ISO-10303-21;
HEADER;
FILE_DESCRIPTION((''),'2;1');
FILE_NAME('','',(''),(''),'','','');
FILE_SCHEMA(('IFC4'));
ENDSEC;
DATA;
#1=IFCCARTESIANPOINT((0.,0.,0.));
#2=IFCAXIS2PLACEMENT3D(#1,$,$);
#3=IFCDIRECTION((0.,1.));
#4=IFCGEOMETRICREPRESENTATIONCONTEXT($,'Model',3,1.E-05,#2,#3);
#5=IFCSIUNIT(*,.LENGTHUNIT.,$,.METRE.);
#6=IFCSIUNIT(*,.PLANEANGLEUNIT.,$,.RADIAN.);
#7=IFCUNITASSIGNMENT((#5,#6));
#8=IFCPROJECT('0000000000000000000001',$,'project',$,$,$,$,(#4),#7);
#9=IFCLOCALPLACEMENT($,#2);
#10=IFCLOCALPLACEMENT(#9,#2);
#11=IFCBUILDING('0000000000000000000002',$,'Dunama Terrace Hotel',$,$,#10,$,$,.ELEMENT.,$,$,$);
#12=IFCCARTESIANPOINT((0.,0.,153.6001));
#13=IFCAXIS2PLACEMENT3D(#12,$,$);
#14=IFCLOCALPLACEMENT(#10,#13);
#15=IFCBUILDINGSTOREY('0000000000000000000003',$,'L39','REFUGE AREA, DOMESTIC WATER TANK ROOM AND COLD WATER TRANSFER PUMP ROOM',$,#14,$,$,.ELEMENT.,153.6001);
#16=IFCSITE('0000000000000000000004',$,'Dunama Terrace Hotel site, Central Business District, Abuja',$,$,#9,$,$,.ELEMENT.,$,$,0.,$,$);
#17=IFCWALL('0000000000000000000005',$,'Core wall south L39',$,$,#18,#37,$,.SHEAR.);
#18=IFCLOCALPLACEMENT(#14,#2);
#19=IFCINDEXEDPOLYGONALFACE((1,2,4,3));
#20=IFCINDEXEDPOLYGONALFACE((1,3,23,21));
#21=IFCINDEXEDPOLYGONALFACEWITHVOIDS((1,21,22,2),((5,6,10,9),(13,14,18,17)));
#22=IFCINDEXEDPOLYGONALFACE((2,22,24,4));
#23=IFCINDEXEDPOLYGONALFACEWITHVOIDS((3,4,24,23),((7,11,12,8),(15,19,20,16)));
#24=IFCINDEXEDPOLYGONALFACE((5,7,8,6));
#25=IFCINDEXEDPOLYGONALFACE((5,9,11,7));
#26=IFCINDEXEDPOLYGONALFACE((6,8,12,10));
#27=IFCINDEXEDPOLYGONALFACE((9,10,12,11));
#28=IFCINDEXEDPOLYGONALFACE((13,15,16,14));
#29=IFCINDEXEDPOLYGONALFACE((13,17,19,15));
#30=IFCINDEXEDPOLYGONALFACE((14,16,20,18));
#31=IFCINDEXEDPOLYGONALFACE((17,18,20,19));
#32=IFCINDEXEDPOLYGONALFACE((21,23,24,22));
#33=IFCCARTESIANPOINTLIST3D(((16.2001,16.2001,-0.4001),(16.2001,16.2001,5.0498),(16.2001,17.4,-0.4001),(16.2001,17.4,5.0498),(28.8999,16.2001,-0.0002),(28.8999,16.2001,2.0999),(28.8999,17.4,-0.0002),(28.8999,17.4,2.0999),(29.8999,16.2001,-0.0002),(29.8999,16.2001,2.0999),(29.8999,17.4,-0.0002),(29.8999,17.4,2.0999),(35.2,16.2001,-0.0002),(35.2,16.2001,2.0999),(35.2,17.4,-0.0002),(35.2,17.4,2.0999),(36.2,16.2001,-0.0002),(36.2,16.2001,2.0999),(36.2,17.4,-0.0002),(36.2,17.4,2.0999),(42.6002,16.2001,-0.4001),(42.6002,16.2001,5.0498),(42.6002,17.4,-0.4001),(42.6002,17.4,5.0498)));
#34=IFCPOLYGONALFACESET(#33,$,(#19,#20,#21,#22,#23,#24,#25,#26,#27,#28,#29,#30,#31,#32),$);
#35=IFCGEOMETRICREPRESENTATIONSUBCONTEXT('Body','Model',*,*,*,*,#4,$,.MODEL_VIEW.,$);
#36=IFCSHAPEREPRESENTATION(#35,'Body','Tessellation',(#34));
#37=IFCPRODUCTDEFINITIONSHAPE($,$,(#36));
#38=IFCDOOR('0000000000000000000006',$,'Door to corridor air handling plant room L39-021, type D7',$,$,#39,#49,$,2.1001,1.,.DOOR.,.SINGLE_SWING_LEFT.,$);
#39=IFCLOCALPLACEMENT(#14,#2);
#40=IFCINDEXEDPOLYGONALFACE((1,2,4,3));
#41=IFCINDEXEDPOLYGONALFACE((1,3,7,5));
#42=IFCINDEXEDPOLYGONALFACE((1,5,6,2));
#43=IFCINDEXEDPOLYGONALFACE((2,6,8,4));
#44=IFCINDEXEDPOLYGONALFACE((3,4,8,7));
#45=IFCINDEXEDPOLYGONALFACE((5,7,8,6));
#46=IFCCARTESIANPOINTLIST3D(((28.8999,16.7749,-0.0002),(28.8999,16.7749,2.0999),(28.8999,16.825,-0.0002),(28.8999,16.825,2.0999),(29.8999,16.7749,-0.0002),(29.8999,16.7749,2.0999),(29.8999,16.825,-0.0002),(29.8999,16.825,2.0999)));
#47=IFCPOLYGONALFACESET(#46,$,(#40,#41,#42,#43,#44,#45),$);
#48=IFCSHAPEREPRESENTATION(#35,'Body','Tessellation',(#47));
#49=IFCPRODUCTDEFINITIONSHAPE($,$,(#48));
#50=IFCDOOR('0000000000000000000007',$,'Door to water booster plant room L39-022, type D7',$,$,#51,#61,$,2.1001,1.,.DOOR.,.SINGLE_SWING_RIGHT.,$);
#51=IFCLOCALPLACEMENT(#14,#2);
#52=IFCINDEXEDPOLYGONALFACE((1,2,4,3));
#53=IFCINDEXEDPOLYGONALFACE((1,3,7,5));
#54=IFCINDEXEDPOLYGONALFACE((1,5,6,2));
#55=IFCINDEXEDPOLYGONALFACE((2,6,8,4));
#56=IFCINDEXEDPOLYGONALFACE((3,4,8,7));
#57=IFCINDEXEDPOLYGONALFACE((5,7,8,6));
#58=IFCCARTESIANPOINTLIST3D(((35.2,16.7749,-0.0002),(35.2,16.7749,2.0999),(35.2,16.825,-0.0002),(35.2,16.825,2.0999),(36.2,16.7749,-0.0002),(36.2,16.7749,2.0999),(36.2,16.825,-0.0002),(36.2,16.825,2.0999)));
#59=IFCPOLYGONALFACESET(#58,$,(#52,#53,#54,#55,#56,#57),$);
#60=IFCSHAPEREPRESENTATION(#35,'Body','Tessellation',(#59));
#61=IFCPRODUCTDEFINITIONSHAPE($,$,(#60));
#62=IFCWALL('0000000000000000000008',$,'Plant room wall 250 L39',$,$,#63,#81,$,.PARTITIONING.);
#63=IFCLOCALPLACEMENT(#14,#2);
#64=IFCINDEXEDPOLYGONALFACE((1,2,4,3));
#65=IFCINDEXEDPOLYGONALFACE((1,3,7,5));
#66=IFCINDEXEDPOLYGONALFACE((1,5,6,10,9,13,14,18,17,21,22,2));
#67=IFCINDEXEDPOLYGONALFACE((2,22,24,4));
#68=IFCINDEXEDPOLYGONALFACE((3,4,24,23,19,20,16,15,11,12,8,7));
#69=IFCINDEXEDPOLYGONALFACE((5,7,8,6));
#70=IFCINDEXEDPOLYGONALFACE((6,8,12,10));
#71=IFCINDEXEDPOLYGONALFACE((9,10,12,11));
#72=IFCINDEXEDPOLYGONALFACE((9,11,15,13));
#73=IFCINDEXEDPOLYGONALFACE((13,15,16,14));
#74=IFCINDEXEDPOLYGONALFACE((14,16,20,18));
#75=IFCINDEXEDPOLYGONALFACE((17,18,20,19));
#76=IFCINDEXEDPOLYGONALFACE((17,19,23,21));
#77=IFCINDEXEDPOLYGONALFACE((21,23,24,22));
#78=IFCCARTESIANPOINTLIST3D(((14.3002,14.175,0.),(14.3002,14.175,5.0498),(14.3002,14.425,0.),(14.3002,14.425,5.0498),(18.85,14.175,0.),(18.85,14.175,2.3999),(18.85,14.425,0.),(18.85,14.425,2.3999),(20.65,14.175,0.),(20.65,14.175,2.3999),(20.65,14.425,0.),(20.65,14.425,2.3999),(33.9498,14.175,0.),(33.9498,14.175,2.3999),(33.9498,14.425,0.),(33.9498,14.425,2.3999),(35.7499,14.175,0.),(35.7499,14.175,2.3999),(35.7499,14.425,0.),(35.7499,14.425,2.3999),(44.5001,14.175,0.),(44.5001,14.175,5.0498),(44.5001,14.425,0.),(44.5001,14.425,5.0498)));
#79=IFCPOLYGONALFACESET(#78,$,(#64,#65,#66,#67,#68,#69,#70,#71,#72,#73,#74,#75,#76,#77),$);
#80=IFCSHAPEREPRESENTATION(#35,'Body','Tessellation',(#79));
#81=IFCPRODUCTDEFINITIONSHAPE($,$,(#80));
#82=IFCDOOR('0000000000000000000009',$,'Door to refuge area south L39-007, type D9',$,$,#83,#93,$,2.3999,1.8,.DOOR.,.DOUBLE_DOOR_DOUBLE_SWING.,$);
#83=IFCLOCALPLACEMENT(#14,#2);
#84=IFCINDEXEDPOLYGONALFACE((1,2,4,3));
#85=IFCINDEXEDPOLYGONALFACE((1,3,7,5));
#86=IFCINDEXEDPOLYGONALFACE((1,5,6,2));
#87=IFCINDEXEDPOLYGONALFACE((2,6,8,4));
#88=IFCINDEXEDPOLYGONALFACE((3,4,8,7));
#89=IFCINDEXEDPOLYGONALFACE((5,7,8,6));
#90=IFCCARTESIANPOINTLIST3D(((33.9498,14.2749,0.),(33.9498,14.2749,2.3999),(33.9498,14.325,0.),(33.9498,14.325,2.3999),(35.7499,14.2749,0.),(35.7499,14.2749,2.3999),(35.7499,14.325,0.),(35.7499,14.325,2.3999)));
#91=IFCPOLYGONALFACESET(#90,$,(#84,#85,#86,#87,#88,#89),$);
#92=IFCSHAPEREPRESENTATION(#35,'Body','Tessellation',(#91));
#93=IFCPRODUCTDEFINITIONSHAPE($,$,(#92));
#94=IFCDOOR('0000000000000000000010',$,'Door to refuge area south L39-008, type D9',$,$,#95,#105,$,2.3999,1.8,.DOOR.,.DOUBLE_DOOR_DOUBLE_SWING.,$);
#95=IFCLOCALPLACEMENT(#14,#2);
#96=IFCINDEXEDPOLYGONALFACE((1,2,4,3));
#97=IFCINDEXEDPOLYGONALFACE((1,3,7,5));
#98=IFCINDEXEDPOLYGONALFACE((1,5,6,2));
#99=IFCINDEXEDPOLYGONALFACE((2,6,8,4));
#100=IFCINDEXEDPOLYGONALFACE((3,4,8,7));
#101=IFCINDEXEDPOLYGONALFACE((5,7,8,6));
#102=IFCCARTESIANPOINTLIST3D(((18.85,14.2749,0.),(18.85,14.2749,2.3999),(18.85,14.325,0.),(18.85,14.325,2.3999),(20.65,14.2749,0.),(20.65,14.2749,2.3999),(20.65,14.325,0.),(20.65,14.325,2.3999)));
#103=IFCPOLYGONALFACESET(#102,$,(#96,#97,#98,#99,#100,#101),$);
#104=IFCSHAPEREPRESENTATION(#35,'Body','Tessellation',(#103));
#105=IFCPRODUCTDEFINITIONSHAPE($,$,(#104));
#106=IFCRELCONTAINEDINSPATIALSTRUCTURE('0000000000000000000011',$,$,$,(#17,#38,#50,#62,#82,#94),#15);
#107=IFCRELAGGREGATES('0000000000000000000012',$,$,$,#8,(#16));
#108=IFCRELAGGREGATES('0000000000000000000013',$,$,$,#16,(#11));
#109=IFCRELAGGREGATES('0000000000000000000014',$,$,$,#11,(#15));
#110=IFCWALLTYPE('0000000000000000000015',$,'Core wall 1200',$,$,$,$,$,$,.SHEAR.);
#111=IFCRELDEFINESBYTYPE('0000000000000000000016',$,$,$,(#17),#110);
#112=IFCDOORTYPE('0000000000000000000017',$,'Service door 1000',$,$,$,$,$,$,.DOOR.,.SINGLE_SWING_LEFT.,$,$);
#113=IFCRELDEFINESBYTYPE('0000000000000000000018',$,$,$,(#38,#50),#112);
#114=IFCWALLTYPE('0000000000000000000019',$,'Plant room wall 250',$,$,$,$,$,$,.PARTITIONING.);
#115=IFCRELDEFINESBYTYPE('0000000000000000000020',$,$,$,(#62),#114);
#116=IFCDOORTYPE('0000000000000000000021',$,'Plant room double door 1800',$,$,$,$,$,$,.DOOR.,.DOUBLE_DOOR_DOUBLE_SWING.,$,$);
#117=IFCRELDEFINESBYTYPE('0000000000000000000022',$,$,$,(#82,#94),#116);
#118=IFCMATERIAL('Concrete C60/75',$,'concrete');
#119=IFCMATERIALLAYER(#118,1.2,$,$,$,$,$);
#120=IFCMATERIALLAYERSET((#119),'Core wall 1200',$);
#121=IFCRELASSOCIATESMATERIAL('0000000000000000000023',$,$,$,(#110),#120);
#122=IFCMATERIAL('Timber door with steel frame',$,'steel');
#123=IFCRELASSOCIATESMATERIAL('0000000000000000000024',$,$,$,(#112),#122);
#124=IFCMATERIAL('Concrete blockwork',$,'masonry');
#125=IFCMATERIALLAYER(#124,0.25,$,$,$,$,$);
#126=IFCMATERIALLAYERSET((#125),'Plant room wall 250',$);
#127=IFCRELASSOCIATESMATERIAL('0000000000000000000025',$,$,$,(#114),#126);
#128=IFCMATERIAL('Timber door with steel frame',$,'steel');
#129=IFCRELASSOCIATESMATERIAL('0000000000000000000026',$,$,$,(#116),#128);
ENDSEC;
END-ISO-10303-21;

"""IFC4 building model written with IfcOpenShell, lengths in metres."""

from ifc_helpers import new_model, si_unit, direction, frame, frame_2d, origin, place, context, subcontext, project, spatial, rectangle, extrude, material, layer, layer_set, type_object, element, fill, save


model = new_model("IFC4")

# Units and contexts
model_context = context("Model", 3, precision=1e-05, world=origin(), true_north=direction((0.0, 1.0)))
body_context = subcontext(model_context, "Body", "Model", "MODEL_VIEW")
ifc_project = project(units=[si_unit("LENGTHUNIT", "METRE"), si_unit("PLANEANGLEUNIT", "RADIAN")], contexts=[model_context])

# Site, building, storey
site_placement = place(None, origin())
site = spatial("IfcSite", under=ifc_project, at=site_placement, Name="Dunama Terrace Hotel site, Central Business District, Abuja", CompositionType="ELEMENT", RefElevation=0.0)
building_placement = place(site_placement, origin())
building = spatial("IfcBuilding", under=site, at=building_placement, Name="Dunama Terrace Hotel", CompositionType="ELEMENT")
storey_placement = place(building_placement, frame((0.0, 0.0, 153.6001)))
storey = spatial("IfcBuildingStorey", under=building, at=storey_placement, Name="L39", Description="REFUGE AREA, DOMESTIC WATER TANK ROOM AND COLD WATER TRANSFER PUMP ROOM", CompositionType="ELEMENT", Elevation=153.6001)

# Walls, openings, doors
ifc_material_1 = material(Name="Concrete C60/75", Category="concrete")
ifc_layer_1 = layer(ifc_material_1, 1.2)
ifc_layer_set_1 = layer_set([ifc_layer_1], Name="Core wall 1200")
wall_type_1 = type_object("IfcWallType", Name="Core wall 1200", PredefinedType="SHEAR", material=ifc_layer_set_1)
wall_1_placement = place(storey_placement, frame((16.2, 16.8, -0.4001), z_axis=(0.0, 0.0, 1.0), x_axis=(1.0, 0.0, 0.0)))
wall_1 = element("IfcWall", 1, at=wall_1_placement, inside=storey, type_object=wall_type_1, Name="Core wall south L39", PredefinedType="SHEAR", context=body_context, shape_type="SweptSolid", body=[
    extrude(rectangle(XDim=26.4001, YDim=1.2, at=frame_2d((13.2002, 0.0))), origin(), (0.0, 0.0, 1.0), 5.45),
])
opening_1_placement = place(wall_1_placement, frame((12.7, 0.0, 0.3999)))
opening_1 = element("IfcOpeningElement", 2, at=opening_1_placement, cuts=wall_1, PredefinedType="OPENING", context=body_context, shape_type="SweptSolid", body=[
    extrude(rectangle(XDim=1.0, YDim=2.1001, at=frame_2d((0.5, 1.05))), frame((0.0, 0.6099, 0.0), z_axis=(0.0, -1.0, 0.0), x_axis=(1.0, 0.0, 0.0)), (0.0, 0.0, 1.0), 1.22),
])
opening_2_placement = place(wall_1_placement, frame((19.0, 0.0, 0.3999)))
opening_2 = element("IfcOpeningElement", 3, at=opening_2_placement, cuts=wall_1, PredefinedType="OPENING", context=body_context, shape_type="SweptSolid", body=[
    extrude(rectangle(XDim=1.0, YDim=2.1001, at=frame_2d((0.5, 1.05))), frame((0.0, 0.6099, 0.0), z_axis=(0.0, -1.0, 0.0), x_axis=(1.0, 0.0, 0.0)), (0.0, 0.0, 1.0), 1.22),
])
ifc_material_2 = material(Name="Timber door with steel frame", Category="steel")
door_type_1 = type_object("IfcDoorType", Name="Service door 1000", OperationType="SINGLE_SWING_LEFT", PredefinedType="DOOR", material=ifc_material_2)
door_1_placement = place(opening_1_placement, origin())
door_1 = element("IfcDoor", 4, at=door_1_placement, inside=storey, type_object=door_type_1, Name="Door to corridor air handling plant room L39-021, type D7", OperationType="SINGLE_SWING_LEFT", OverallHeight=2.1001, OverallWidth=1.0, PredefinedType="DOOR", context=body_context, shape_type="SweptSolid", body=[
    extrude(rectangle(XDim=1.0, YDim=2.1001, at=frame_2d((0.5, 1.05))), frame((0.0, 0.0249, 0.0), z_axis=(0.0, -1.0, 0.0), x_axis=(1.0, 0.0, 0.0)), (0.0, 0.0, 1.0), 0.05),
])
fill(opening_1, door_1)
door_2_placement = place(opening_2_placement, origin())
door_2 = element("IfcDoor", 5, at=door_2_placement, inside=storey, type_object=door_type_1, Name="Door to water booster plant room L39-022, type D7", OperationType="SINGLE_SWING_RIGHT", OverallHeight=2.1001, OverallWidth=1.0, PredefinedType="DOOR", context=body_context, shape_type="SweptSolid", body=[
    extrude(rectangle(XDim=1.0, YDim=2.1001, at=frame_2d((0.5, 1.05))), frame((0.0, 0.0249, 0.0), z_axis=(0.0, -1.0, 0.0), x_axis=(1.0, 0.0, 0.0)), (0.0, 0.0, 1.0), 0.05),
])
fill(opening_2, door_2)
ifc_material_3 = material(Name="Concrete blockwork", Category="masonry")
ifc_layer_2 = layer(ifc_material_3, 0.25)
ifc_layer_set_2 = layer_set([ifc_layer_2], Name="Plant room wall 250")
wall_type_2 = type_object("IfcWallType", Name="Plant room wall 250", PredefinedType="PARTITIONING", material=ifc_layer_set_2)
wall_2_placement = place(storey_placement, frame((14.3, 14.3, 0.0), z_axis=(0.0, 0.0, 1.0), x_axis=(1.0, 0.0, 0.0)))
wall_2 = element("IfcWall", 6, at=wall_2_placement, inside=storey, type_object=wall_type_2, Name="Plant room wall 250 L39", PredefinedType="PARTITIONING", context=body_context, shape_type="SweptSolid", body=[
    extrude(rectangle(XDim=30.2, YDim=0.25, at=frame_2d((15.1001, 0.0))), origin(), (0.0, 0.0, 1.0), 5.0498),
])
opening_3_placement = place(wall_2_placement, frame((19.6499, 0.0, 0.0)))
opening_3 = element("IfcOpeningElement", 7, at=opening_3_placement, cuts=wall_2, PredefinedType="OPENING", context=body_context, shape_type="SweptSolid", body=[
    extrude(rectangle(XDim=1.8, YDim=2.3999, at=frame_2d((0.8999, 1.2))), frame((0.0, 0.135, 0.0), z_axis=(0.0, -1.0, 0.0), x_axis=(1.0, 0.0, 0.0)), (0.0, 0.0, 1.0), 0.27),
])
opening_4_placement = place(wall_2_placement, frame((4.55, 0.0, 0.0)))
opening_4 = element("IfcOpeningElement", 8, at=opening_4_placement, cuts=wall_2, PredefinedType="OPENING", context=body_context, shape_type="SweptSolid", body=[
    extrude(rectangle(XDim=1.8, YDim=2.3999, at=frame_2d((0.8999, 1.2))), frame((0.0, 0.135, 0.0), z_axis=(0.0, -1.0, 0.0), x_axis=(1.0, 0.0, 0.0)), (0.0, 0.0, 1.0), 0.27),
])
ifc_material_4 = material(Name="Timber door with steel frame", Category="steel")
door_type_2 = type_object("IfcDoorType", Name="Plant room double door 1800", OperationType="DOUBLE_DOOR_DOUBLE_SWING", PredefinedType="DOOR", material=ifc_material_4)
door_3_placement = place(opening_3_placement, origin())
door_3 = element("IfcDoor", 9, at=door_3_placement, inside=storey, type_object=door_type_2, Name="Door to refuge area south L39-007, type D9", OperationType="DOUBLE_DOOR_DOUBLE_SWING", OverallHeight=2.3999, OverallWidth=1.8, PredefinedType="DOOR", context=body_context, shape_type="SweptSolid", body=[
    extrude(rectangle(XDim=1.8, YDim=2.3999, at=frame_2d((0.8999, 1.2))), frame((0.0, 0.0249, 0.0), z_axis=(0.0, -1.0, 0.0), x_axis=(1.0, 0.0, 0.0)), (0.0, 0.0, 1.0), 0.05),
])
fill(opening_3, door_3)
door_4_placement = place(opening_4_placement, origin())
door_4 = element("IfcDoor", 10, at=door_4_placement, inside=storey, type_object=door_type_2, Name="Door to refuge area south L39-008, type D9", OperationType="DOUBLE_DOOR_DOUBLE_SWING", OverallHeight=2.3999, OverallWidth=1.8, PredefinedType="DOOR", context=body_context, shape_type="SweptSolid", body=[
    extrude(rectangle(XDim=1.8, YDim=2.3999, at=frame_2d((0.8999, 1.2))), frame((0.0, 0.0249, 0.0), z_axis=(0.0, -1.0, 0.0), x_axis=(1.0, 0.0, 0.0)), (0.0, 0.0, 1.0), 0.05),
])
fill(opening_4, door_4)

save(model, "model.ifc")
